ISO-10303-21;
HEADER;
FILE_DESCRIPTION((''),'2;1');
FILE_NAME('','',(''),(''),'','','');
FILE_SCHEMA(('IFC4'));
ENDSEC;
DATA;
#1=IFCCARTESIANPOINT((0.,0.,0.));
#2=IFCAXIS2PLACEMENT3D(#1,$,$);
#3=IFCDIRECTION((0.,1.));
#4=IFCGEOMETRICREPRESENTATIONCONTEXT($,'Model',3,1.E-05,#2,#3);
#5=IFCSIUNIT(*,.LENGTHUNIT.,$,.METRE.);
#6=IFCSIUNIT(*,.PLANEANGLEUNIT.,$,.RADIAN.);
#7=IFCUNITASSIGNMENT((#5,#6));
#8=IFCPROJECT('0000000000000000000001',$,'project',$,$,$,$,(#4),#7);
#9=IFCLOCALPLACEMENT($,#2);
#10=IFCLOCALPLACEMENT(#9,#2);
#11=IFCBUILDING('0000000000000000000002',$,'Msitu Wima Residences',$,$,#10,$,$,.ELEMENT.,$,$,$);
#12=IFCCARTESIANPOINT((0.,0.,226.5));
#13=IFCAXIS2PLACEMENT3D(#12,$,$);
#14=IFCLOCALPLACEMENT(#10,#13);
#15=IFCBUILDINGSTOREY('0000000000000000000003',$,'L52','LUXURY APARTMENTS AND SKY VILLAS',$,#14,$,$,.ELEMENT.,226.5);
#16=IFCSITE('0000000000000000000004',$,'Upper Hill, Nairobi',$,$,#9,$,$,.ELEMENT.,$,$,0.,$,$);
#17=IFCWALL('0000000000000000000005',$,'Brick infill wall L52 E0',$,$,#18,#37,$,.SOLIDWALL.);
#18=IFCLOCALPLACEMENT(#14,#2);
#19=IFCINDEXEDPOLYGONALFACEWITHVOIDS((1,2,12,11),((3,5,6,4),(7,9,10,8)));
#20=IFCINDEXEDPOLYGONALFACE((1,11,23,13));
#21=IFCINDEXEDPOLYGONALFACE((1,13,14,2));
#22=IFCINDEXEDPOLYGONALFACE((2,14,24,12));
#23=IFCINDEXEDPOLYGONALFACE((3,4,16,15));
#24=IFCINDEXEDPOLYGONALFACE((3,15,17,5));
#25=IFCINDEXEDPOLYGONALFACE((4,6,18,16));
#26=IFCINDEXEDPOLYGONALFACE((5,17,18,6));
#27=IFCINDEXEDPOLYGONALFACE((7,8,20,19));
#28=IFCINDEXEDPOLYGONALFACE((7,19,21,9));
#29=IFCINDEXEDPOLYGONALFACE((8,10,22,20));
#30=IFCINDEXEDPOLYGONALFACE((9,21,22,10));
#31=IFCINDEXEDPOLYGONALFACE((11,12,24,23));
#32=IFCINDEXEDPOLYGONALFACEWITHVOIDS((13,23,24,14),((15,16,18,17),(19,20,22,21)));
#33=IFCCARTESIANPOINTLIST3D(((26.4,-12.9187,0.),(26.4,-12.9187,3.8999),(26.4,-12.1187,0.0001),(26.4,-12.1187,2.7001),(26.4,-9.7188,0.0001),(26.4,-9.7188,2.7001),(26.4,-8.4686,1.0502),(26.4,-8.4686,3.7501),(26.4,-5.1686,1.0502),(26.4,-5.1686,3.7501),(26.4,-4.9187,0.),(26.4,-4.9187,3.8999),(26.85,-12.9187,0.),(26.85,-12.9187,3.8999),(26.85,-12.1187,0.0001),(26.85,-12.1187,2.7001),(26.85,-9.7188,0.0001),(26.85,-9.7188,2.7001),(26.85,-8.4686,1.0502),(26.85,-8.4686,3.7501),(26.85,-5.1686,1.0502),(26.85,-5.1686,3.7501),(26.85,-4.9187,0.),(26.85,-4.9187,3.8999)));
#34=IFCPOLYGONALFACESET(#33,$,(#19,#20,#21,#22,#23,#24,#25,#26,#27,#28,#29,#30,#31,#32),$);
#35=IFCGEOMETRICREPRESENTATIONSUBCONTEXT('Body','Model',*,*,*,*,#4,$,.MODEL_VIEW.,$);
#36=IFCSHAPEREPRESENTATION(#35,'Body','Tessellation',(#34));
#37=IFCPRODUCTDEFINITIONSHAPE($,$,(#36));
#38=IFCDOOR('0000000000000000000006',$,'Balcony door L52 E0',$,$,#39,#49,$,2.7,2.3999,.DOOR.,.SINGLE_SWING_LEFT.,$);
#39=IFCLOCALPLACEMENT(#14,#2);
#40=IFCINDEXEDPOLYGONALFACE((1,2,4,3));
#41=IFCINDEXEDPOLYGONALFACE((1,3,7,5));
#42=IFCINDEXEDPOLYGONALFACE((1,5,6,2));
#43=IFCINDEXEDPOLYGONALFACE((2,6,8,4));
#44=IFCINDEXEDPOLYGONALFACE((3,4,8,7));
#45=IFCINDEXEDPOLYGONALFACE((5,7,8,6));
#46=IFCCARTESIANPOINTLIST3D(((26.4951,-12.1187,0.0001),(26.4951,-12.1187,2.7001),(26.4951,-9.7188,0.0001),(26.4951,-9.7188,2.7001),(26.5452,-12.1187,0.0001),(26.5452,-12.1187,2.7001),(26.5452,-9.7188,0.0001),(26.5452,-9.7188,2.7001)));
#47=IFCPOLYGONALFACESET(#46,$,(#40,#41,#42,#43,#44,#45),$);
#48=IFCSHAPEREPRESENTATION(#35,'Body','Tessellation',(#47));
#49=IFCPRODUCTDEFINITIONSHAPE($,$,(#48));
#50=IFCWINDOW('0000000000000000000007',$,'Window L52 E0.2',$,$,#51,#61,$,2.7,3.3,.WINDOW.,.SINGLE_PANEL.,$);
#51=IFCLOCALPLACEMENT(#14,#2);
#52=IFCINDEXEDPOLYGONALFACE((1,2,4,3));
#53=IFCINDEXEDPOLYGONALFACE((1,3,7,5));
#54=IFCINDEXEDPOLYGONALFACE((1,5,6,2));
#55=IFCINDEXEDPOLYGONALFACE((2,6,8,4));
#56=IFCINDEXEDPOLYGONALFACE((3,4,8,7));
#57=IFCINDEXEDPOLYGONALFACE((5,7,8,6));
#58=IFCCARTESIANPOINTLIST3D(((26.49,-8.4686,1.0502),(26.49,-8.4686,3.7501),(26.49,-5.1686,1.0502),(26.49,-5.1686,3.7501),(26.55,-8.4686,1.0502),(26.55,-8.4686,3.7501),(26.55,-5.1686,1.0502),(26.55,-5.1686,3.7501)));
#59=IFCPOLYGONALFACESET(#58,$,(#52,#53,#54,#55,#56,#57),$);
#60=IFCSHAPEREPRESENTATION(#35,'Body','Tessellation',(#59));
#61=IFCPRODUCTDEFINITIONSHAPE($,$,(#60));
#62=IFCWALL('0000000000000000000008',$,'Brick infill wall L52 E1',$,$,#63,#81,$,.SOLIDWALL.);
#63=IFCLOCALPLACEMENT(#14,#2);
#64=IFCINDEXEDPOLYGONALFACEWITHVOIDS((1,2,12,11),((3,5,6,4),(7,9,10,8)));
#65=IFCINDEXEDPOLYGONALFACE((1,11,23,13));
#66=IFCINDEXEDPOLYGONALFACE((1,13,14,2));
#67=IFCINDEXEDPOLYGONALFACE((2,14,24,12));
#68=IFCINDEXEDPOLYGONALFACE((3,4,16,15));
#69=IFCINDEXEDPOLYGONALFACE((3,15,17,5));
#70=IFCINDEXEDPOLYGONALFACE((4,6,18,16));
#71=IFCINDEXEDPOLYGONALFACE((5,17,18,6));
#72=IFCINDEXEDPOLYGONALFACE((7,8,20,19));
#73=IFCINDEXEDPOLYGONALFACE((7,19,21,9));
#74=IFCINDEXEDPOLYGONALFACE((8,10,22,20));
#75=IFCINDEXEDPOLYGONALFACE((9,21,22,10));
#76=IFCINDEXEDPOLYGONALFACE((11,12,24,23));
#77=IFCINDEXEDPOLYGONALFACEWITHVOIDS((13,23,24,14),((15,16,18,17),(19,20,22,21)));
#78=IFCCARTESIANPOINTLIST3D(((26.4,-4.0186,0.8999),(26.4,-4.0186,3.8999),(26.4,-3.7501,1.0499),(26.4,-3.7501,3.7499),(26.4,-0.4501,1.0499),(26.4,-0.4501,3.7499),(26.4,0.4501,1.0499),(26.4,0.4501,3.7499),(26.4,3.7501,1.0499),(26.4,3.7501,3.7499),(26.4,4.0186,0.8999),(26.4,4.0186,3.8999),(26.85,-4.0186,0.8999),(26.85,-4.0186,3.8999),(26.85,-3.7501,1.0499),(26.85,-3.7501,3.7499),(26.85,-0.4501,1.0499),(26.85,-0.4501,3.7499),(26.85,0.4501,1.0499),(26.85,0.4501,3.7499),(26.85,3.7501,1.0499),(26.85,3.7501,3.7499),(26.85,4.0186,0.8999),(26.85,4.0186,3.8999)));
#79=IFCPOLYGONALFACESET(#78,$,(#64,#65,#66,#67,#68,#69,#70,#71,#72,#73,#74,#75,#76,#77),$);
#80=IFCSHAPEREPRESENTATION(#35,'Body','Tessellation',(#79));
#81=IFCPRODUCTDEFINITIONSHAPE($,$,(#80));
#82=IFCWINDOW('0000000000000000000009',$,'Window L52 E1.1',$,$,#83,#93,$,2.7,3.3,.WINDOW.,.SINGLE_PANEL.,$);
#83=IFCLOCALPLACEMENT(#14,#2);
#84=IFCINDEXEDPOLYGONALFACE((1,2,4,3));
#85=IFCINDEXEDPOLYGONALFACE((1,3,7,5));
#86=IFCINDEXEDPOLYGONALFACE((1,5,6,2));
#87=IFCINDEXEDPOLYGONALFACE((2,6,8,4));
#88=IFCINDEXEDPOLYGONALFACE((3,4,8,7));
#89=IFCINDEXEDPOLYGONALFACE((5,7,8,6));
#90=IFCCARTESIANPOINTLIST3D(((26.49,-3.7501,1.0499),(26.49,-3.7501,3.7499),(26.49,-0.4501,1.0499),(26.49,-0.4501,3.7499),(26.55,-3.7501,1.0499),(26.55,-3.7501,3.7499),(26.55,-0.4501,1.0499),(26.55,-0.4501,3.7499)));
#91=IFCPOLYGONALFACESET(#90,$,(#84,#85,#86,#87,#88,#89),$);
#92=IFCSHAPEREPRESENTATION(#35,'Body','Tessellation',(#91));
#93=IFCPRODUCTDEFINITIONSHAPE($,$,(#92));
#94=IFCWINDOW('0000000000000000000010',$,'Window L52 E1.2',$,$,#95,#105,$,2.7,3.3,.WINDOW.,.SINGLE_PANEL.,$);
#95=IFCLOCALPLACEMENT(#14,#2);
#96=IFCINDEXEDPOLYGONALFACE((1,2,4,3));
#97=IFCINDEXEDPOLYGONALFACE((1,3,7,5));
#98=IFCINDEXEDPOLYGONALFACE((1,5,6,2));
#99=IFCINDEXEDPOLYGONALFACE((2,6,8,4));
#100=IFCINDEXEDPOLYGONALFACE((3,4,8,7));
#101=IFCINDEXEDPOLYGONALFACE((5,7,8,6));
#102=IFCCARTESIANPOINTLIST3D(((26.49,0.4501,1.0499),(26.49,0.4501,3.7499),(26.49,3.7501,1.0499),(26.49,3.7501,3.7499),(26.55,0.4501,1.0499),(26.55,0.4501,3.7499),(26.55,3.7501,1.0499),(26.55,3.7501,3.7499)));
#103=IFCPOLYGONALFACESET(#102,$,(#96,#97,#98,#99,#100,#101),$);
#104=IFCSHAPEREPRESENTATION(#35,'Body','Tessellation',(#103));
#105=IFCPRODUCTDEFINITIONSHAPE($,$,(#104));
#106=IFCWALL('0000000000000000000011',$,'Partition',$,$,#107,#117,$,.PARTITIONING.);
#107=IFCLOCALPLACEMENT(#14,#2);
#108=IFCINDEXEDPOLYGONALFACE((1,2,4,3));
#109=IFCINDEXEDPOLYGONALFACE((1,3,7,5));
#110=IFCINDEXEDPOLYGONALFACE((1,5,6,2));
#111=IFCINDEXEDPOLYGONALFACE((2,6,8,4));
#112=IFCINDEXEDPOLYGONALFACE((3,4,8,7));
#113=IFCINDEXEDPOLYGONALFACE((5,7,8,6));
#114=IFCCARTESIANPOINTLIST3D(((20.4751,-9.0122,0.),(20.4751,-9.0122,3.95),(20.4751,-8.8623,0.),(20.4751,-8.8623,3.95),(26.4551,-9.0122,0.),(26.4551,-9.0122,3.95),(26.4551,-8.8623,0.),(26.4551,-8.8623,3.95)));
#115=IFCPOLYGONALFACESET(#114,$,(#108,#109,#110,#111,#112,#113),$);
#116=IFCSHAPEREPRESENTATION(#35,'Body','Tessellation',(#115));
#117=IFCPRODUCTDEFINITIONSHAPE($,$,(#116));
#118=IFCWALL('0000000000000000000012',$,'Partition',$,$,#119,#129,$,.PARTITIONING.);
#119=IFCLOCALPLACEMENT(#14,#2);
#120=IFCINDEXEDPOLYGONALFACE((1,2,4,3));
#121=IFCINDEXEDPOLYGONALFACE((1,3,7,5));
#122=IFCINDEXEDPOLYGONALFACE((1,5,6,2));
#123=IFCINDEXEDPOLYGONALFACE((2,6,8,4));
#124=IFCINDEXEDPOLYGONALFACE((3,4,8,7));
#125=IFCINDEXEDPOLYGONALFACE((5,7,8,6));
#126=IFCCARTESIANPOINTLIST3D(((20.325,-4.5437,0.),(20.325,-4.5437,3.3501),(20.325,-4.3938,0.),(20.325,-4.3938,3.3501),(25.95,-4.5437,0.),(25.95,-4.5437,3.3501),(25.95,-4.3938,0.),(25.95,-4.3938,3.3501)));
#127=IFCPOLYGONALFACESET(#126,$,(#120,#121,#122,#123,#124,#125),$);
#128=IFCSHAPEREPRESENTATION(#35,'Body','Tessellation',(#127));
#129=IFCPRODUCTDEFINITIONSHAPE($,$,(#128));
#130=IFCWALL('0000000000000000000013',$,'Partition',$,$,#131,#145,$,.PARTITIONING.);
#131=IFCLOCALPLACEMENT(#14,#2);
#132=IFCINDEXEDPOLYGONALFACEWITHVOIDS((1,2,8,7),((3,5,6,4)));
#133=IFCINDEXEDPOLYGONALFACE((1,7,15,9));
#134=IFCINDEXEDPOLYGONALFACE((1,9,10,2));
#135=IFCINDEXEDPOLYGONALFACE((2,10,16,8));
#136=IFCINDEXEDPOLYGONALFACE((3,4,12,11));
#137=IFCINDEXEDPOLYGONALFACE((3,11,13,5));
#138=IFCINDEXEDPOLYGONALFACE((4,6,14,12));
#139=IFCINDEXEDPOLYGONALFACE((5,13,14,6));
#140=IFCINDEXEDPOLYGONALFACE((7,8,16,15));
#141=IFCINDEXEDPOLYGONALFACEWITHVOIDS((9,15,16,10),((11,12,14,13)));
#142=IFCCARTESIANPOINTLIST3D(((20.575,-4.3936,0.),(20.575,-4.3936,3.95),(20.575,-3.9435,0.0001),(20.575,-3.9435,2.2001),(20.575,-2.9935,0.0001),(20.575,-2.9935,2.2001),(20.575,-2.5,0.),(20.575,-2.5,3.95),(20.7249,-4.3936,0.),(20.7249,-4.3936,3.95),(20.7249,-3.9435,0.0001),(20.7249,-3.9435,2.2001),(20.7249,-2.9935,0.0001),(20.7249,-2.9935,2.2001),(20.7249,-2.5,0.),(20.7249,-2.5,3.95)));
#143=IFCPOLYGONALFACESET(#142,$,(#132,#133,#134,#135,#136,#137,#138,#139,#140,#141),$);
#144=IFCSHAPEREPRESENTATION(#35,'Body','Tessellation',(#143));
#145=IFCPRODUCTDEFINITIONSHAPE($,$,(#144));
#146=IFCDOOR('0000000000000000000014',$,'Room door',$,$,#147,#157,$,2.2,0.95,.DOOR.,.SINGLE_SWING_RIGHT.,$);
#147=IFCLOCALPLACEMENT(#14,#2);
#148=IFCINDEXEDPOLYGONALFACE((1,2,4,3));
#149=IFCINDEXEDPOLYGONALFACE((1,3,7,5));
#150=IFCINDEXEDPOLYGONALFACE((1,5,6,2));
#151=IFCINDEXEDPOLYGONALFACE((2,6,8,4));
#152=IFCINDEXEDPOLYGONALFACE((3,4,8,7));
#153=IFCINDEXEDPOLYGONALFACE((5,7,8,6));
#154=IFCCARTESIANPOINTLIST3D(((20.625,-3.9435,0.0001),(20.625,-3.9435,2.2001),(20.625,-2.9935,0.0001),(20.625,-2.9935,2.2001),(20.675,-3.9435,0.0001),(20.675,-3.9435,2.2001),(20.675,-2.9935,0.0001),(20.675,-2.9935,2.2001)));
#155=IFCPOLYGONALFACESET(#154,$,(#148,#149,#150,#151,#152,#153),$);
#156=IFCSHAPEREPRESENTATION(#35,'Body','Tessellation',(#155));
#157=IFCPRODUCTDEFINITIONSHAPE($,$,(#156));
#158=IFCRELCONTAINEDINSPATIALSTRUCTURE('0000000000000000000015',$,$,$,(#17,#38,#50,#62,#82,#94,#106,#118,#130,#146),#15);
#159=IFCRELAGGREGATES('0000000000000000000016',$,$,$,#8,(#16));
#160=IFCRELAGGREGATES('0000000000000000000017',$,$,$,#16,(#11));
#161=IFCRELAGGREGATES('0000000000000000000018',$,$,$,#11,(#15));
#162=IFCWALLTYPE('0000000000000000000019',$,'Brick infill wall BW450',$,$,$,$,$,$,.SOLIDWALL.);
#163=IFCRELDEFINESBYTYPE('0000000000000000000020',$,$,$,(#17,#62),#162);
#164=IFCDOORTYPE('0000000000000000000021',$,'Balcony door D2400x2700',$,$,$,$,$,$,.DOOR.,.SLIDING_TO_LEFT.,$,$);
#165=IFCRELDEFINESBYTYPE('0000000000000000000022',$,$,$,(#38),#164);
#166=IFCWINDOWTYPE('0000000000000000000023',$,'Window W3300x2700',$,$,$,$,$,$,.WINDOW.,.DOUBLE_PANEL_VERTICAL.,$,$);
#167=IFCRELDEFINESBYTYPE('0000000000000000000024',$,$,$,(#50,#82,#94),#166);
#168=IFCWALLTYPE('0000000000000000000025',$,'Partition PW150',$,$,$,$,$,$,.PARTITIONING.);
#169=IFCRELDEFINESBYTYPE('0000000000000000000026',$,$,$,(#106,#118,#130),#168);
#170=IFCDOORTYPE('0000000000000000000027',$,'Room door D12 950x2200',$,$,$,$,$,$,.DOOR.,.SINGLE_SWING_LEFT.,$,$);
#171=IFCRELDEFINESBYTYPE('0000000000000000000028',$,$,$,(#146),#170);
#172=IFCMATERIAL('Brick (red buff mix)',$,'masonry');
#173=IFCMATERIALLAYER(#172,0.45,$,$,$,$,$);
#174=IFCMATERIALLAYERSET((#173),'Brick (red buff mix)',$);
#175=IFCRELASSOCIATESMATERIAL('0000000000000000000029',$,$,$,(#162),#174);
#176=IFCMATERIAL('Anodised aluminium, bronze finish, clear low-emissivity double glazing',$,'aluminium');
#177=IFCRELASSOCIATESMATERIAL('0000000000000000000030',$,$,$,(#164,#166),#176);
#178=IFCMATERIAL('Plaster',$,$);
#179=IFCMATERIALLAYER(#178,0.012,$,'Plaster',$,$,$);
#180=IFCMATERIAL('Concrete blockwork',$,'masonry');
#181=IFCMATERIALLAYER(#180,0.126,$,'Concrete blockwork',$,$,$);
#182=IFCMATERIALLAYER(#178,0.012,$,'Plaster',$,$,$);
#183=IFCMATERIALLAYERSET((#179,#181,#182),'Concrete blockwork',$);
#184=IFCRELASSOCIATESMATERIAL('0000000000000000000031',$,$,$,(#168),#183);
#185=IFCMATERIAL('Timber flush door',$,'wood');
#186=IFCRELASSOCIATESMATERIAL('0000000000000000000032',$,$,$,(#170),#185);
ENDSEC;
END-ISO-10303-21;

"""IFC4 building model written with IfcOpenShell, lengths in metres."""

from ifc_helpers import new_model, si_unit, direction, frame, frame_2d, origin, place, context, subcontext, project, spatial, rectangle, extrude, material, layer, layer_set, type_object, element, fill, save


model = new_model("IFC4")

# Units and contexts
model_context = context("Model", 3, precision=1e-05, world=origin(), true_north=direction((0.0, 1.0)))
body_context = subcontext(model_context, "Body", "Model", "MODEL_VIEW")
ifc_project = project(units=[si_unit("LENGTHUNIT", "METRE"), si_unit("PLANEANGLEUNIT", "RADIAN")], contexts=[model_context])

# Site, building, storey
site_placement = place(None, origin())
site = spatial("IfcSite", under=ifc_project, at=site_placement, Name="Upper Hill, Nairobi", CompositionType="ELEMENT", RefElevation=0.0)
building_placement = place(site_placement, origin())
building = spatial("IfcBuilding", under=site, at=building_placement, Name="Msitu Wima Residences", CompositionType="ELEMENT")
storey_placement = place(building_placement, frame((0.0, 0.0, 226.5)))
storey = spatial("IfcBuildingStorey", under=building, at=storey_placement, Name="L52", Description="LUXURY APARTMENTS AND SKY VILLAS", CompositionType="ELEMENT", Elevation=226.5)

# Wall, openings, door, window
ifc_material_1 = material(Name="Brick (red buff mix)", Category="masonry")
ifc_layer_1 = layer(ifc_material_1, 0.45)
ifc_layer_set_1 = layer_set([ifc_layer_1], Name="Brick (red buff mix)")
wall_type_1 = type_object("IfcWallType", Name="Brick infill wall BW450", PredefinedType="SOLIDWALL", material=ifc_layer_set_1)
wall_1_placement = place(storey_placement, frame((26.625, -12.9187, 0.0), z_axis=(0.0, 0.0, 1.0), x_axis=(0.0, 1.0, 0.0)))
wall_1 = element("IfcWall", 1, at=wall_1_placement, inside=storey, type_object=wall_type_1, Name="Brick infill wall L52 E0", PredefinedType="SOLIDWALL", context=body_context, shape_type="SweptSolid", body=[
    extrude(rectangle(XDim=8.0, YDim=0.45, at=frame_2d((4.0, 0.0))), origin(), (0.0, 0.0, 1.0), 3.8999),
])
opening_1_placement = place(wall_1_placement, frame((0.8, 0.0, 0.0)))
opening_1 = element("IfcOpeningElement", 2, at=opening_1_placement, cuts=wall_1, PredefinedType="OPENING", context=body_context, shape_type="SweptSolid", body=[
    extrude(rectangle(XDim=2.3999, YDim=2.7, at=frame_2d((1.2, 1.3501))), frame((0.0, 0.2349, 0.0), z_axis=(0.0, -1.0, 0.0), x_axis=(1.0, 0.0, 0.0)), (0.0, 0.0, 1.0), 0.47),
])
opening_2_placement = place(wall_1_placement, frame((4.4502, 0.0, 1.05)))
opening_2 = element("IfcOpeningElement", 3, at=opening_2_placement, cuts=wall_1, PredefinedType="OPENING", context=body_context, shape_type="SweptSolid", body=[
    extrude(rectangle(XDim=3.3, YDim=2.7, at=frame_2d((1.6499, 1.3501))), frame((0.0, 0.2349, 0.0), z_axis=(0.0, -1.0, 0.0), x_axis=(1.0, 0.0, 0.0)), (0.0, 0.0, 1.0), 0.47),
])
ifc_material_2 = material(Name="Anodised aluminium, bronze finish, clear low-emissivity double glazing", Category="aluminium")
door_type_1 = type_object("IfcDoorType", Name="Balcony door D2400x2700", OperationType="SLIDING_TO_LEFT", PredefinedType="DOOR", material=ifc_material_2)
door_1_placement = place(opening_1_placement, origin())
door_1 = element("IfcDoor", 4, at=door_1_placement, inside=storey, type_object=door_type_1, Name="Balcony door L52 E0", OperationType="SINGLE_SWING_LEFT", OverallHeight=2.7, OverallWidth=2.3999, PredefinedType="DOOR", context=body_context, shape_type="SweptSolid", body=[
    extrude(rectangle(XDim=2.3999, YDim=2.7, at=frame_2d((1.2, 1.3501))), frame((0.0, 0.1299, 0.0), z_axis=(0.0, -1.0, 0.0), x_axis=(1.0, 0.0, 0.0)), (0.0, 0.0, 1.0), 0.05),
])
fill(opening_1, door_1)
window_type = type_object("IfcWindowType", Name="Window W3300x2700", PartitioningType="DOUBLE_PANEL_VERTICAL", PredefinedType="WINDOW", material=ifc_material_2)
window_1_placement = place(opening_2_placement, origin())
window_1 = element("IfcWindow", 5, at=window_1_placement, inside=storey, type_object=window_type, Name="Window L52 E0.2", OverallHeight=2.7, OverallWidth=3.3, PartitioningType="SINGLE_PANEL", PredefinedType="WINDOW", context=body_context, shape_type="SweptSolid", body=[
    extrude(rectangle(XDim=3.3, YDim=2.7, at=frame_2d((1.6499, 1.3501))), frame((0.0, 0.135, 0.0), z_axis=(0.0, -1.0, 0.0), x_axis=(1.0, 0.0, 0.0)), (0.0, 0.0, 1.0), 0.0601),
])
fill(opening_2, window_1)

# Wall, openings, windows
wall_2_placement = place(storey_placement, frame((26.625, -4.0186, 0.8999), z_axis=(0.0, 0.0, 1.0), x_axis=(0.0, 1.0, 0.0)))
wall_2 = element("IfcWall", 6, at=wall_2_placement, inside=storey, type_object=wall_type_1, Name="Brick infill wall L52 E1", PredefinedType="SOLIDWALL", context=body_context, shape_type="SweptSolid", body=[
    extrude(rectangle(XDim=8.0371, YDim=0.45, at=frame_2d((4.0186, 0.0))), origin(), (0.0, 0.0, 1.0), 3.0),
])
opening_3_placement = place(wall_2_placement, frame((0.2686, 0.0, 0.1499)))
opening_3 = element("IfcOpeningElement", 7, at=opening_3_placement, cuts=wall_2, PredefinedType="OPENING", context=body_context, shape_type="SweptSolid", body=[
    extrude(rectangle(XDim=3.3, YDim=2.7, at=frame_2d((1.6499, 1.3501))), frame((0.0, 0.2349, 0.0), z_axis=(0.0, -1.0, 0.0), x_axis=(1.0, 0.0, 0.0)), (0.0, 0.0, 1.0), 0.47),
])
opening_4_placement = place(wall_2_placement, frame((4.4688, 0.0, 0.1499)))
opening_4 = element("IfcOpeningElement", 8, at=opening_4_placement, cuts=wall_2, PredefinedType="OPENING", context=body_context, shape_type="SweptSolid", body=[
    extrude(rectangle(XDim=3.3, YDim=2.7, at=frame_2d((1.6499, 1.3501))), frame((0.0, 0.2349, 0.0), z_axis=(0.0, -1.0, 0.0), x_axis=(1.0, 0.0, 0.0)), (0.0, 0.0, 1.0), 0.47),
])
window_2_placement = place(opening_3_placement, origin())
window_2 = element("IfcWindow", 9, at=window_2_placement, inside=storey, type_object=window_type, Name="Window L52 E1.1", OverallHeight=2.7, OverallWidth=3.3, PartitioningType="SINGLE_PANEL", PredefinedType="WINDOW", context=body_context, shape_type="SweptSolid", body=[
    extrude(rectangle(XDim=3.3, YDim=2.7, at=frame_2d((1.6499, 1.3501))), frame((0.0, 0.135, 0.0), z_axis=(0.0, -1.0, 0.0), x_axis=(1.0, 0.0, 0.0)), (0.0, 0.0, 1.0), 0.0601),
])
fill(opening_3, window_2)
window_3_placement = place(opening_4_placement, origin())
window_3 = element("IfcWindow", 10, at=window_3_placement, inside=storey, type_object=window_type, Name="Window L52 E1.2", OverallHeight=2.7, OverallWidth=3.3, PartitioningType="SINGLE_PANEL", PredefinedType="WINDOW", context=body_context, shape_type="SweptSolid", body=[
    extrude(rectangle(XDim=3.3, YDim=2.7, at=frame_2d((1.6499, 1.3501))), frame((0.0, 0.135, 0.0), z_axis=(0.0, -1.0, 0.0), x_axis=(1.0, 0.0, 0.0)), (0.0, 0.0, 1.0), 0.0601),
])
fill(opening_4, window_3)

# Walls
ifc_material_3 = material(Name="Plaster")
ifc_layer_2 = layer(ifc_material_3, 0.012, Name="Plaster")
ifc_material_4 = material(Name="Concrete blockwork", Category="masonry")
ifc_layer_3 = layer(ifc_material_4, 0.126, Name="Concrete blockwork")
ifc_layer_4 = layer(ifc_material_3, 0.012, Name="Plaster")
ifc_layer_set_2 = layer_set([ifc_layer_2, ifc_layer_3, ifc_layer_4], Name="Concrete blockwork")
wall_type_2 = type_object("IfcWallType", Name="Partition PW150", PredefinedType="PARTITIONING", material=ifc_layer_set_2)
wall_3_placement = place(storey_placement, frame((20.4751, -8.9373, 0.0), z_axis=(0.0, 0.0, 1.0), x_axis=(1.0, 0.0, 0.0)))
element("IfcWall", 11, at=wall_3_placement, inside=storey, type_object=wall_type_2, Name="Partition", PredefinedType="PARTITIONING", context=body_context, shape_type="SweptSolid", body=[
    extrude(rectangle(XDim=5.98, YDim=0.1499, at=frame_2d((2.99, 0.0))), origin(), (0.0, 0.0, 1.0), 3.95),
])
wall_4_placement = place(storey_placement, frame((20.325, -4.4688, 0.0), z_axis=(0.0, 0.0, 1.0), x_axis=(1.0, 0.0, 0.0)))
element("IfcWall", 12, at=wall_4_placement, inside=storey, type_object=wall_type_2, Name="Partition", PredefinedType="PARTITIONING", context=body_context, shape_type="SweptSolid", body=[
    extrude(rectangle(XDim=5.625, YDim=0.1499, at=frame_2d((2.8125, 0.0))), origin(), (0.0, 0.0, 1.0), 3.3501),
])

# Wall, opening, door
wall_5_placement = place(storey_placement, frame((20.6499, -4.3936, 0.0), z_axis=(0.0, 0.0, 1.0), x_axis=(0.0, 1.0, 0.0)))
wall_5 = element("IfcWall", 13, at=wall_5_placement, inside=storey, type_object=wall_type_2, Name="Partition", PredefinedType="PARTITIONING", context=body_context, shape_type="SweptSolid", body=[
    extrude(rectangle(XDim=1.8936, YDim=0.1499, at=frame_2d((0.9468, 0.0))), origin(), (0.0, 0.0, 1.0), 3.95),
])
opening_5_placement = place(wall_5_placement, frame((0.45, 0.0, 0.0)))
opening_5 = element("IfcOpeningElement", 14, at=opening_5_placement, cuts=wall_5, PredefinedType="OPENING", context=body_context, shape_type="SweptSolid", body=[
    extrude(rectangle(XDim=0.95, YDim=2.2, at=frame_2d((0.4751, 1.1001))), frame((0.0, 0.085, 0.0), z_axis=(0.0, -1.0, 0.0), x_axis=(1.0, 0.0, 0.0)), (0.0, 0.0, 1.0), 0.1699),
])
ifc_material_5 = material(Name="Timber flush door", Category="wood")
door_type_2 = type_object("IfcDoorType", Name="Room door D12 950x2200", OperationType="SINGLE_SWING_LEFT", PredefinedType="DOOR", material=ifc_material_5)
door_2_placement = place(opening_5_placement, origin())
door_2 = element("IfcDoor", 15, at=door_2_placement, inside=storey, type_object=door_type_2, Name="Room door", OperationType="SINGLE_SWING_RIGHT", OverallHeight=2.2, OverallWidth=0.95, PredefinedType="DOOR", context=body_context, shape_type="SweptSolid", body=[
    extrude(rectangle(XDim=0.95, YDim=2.2, at=frame_2d((0.4751, 1.1001))), frame((0.0, 0.0249, 0.0), z_axis=(0.0, -1.0, 0.0), x_axis=(1.0, 0.0, 0.0)), (0.0, 0.0, 1.0), 0.05),
])
fill(opening_5, door_2)

save(model, "model.ifc")
